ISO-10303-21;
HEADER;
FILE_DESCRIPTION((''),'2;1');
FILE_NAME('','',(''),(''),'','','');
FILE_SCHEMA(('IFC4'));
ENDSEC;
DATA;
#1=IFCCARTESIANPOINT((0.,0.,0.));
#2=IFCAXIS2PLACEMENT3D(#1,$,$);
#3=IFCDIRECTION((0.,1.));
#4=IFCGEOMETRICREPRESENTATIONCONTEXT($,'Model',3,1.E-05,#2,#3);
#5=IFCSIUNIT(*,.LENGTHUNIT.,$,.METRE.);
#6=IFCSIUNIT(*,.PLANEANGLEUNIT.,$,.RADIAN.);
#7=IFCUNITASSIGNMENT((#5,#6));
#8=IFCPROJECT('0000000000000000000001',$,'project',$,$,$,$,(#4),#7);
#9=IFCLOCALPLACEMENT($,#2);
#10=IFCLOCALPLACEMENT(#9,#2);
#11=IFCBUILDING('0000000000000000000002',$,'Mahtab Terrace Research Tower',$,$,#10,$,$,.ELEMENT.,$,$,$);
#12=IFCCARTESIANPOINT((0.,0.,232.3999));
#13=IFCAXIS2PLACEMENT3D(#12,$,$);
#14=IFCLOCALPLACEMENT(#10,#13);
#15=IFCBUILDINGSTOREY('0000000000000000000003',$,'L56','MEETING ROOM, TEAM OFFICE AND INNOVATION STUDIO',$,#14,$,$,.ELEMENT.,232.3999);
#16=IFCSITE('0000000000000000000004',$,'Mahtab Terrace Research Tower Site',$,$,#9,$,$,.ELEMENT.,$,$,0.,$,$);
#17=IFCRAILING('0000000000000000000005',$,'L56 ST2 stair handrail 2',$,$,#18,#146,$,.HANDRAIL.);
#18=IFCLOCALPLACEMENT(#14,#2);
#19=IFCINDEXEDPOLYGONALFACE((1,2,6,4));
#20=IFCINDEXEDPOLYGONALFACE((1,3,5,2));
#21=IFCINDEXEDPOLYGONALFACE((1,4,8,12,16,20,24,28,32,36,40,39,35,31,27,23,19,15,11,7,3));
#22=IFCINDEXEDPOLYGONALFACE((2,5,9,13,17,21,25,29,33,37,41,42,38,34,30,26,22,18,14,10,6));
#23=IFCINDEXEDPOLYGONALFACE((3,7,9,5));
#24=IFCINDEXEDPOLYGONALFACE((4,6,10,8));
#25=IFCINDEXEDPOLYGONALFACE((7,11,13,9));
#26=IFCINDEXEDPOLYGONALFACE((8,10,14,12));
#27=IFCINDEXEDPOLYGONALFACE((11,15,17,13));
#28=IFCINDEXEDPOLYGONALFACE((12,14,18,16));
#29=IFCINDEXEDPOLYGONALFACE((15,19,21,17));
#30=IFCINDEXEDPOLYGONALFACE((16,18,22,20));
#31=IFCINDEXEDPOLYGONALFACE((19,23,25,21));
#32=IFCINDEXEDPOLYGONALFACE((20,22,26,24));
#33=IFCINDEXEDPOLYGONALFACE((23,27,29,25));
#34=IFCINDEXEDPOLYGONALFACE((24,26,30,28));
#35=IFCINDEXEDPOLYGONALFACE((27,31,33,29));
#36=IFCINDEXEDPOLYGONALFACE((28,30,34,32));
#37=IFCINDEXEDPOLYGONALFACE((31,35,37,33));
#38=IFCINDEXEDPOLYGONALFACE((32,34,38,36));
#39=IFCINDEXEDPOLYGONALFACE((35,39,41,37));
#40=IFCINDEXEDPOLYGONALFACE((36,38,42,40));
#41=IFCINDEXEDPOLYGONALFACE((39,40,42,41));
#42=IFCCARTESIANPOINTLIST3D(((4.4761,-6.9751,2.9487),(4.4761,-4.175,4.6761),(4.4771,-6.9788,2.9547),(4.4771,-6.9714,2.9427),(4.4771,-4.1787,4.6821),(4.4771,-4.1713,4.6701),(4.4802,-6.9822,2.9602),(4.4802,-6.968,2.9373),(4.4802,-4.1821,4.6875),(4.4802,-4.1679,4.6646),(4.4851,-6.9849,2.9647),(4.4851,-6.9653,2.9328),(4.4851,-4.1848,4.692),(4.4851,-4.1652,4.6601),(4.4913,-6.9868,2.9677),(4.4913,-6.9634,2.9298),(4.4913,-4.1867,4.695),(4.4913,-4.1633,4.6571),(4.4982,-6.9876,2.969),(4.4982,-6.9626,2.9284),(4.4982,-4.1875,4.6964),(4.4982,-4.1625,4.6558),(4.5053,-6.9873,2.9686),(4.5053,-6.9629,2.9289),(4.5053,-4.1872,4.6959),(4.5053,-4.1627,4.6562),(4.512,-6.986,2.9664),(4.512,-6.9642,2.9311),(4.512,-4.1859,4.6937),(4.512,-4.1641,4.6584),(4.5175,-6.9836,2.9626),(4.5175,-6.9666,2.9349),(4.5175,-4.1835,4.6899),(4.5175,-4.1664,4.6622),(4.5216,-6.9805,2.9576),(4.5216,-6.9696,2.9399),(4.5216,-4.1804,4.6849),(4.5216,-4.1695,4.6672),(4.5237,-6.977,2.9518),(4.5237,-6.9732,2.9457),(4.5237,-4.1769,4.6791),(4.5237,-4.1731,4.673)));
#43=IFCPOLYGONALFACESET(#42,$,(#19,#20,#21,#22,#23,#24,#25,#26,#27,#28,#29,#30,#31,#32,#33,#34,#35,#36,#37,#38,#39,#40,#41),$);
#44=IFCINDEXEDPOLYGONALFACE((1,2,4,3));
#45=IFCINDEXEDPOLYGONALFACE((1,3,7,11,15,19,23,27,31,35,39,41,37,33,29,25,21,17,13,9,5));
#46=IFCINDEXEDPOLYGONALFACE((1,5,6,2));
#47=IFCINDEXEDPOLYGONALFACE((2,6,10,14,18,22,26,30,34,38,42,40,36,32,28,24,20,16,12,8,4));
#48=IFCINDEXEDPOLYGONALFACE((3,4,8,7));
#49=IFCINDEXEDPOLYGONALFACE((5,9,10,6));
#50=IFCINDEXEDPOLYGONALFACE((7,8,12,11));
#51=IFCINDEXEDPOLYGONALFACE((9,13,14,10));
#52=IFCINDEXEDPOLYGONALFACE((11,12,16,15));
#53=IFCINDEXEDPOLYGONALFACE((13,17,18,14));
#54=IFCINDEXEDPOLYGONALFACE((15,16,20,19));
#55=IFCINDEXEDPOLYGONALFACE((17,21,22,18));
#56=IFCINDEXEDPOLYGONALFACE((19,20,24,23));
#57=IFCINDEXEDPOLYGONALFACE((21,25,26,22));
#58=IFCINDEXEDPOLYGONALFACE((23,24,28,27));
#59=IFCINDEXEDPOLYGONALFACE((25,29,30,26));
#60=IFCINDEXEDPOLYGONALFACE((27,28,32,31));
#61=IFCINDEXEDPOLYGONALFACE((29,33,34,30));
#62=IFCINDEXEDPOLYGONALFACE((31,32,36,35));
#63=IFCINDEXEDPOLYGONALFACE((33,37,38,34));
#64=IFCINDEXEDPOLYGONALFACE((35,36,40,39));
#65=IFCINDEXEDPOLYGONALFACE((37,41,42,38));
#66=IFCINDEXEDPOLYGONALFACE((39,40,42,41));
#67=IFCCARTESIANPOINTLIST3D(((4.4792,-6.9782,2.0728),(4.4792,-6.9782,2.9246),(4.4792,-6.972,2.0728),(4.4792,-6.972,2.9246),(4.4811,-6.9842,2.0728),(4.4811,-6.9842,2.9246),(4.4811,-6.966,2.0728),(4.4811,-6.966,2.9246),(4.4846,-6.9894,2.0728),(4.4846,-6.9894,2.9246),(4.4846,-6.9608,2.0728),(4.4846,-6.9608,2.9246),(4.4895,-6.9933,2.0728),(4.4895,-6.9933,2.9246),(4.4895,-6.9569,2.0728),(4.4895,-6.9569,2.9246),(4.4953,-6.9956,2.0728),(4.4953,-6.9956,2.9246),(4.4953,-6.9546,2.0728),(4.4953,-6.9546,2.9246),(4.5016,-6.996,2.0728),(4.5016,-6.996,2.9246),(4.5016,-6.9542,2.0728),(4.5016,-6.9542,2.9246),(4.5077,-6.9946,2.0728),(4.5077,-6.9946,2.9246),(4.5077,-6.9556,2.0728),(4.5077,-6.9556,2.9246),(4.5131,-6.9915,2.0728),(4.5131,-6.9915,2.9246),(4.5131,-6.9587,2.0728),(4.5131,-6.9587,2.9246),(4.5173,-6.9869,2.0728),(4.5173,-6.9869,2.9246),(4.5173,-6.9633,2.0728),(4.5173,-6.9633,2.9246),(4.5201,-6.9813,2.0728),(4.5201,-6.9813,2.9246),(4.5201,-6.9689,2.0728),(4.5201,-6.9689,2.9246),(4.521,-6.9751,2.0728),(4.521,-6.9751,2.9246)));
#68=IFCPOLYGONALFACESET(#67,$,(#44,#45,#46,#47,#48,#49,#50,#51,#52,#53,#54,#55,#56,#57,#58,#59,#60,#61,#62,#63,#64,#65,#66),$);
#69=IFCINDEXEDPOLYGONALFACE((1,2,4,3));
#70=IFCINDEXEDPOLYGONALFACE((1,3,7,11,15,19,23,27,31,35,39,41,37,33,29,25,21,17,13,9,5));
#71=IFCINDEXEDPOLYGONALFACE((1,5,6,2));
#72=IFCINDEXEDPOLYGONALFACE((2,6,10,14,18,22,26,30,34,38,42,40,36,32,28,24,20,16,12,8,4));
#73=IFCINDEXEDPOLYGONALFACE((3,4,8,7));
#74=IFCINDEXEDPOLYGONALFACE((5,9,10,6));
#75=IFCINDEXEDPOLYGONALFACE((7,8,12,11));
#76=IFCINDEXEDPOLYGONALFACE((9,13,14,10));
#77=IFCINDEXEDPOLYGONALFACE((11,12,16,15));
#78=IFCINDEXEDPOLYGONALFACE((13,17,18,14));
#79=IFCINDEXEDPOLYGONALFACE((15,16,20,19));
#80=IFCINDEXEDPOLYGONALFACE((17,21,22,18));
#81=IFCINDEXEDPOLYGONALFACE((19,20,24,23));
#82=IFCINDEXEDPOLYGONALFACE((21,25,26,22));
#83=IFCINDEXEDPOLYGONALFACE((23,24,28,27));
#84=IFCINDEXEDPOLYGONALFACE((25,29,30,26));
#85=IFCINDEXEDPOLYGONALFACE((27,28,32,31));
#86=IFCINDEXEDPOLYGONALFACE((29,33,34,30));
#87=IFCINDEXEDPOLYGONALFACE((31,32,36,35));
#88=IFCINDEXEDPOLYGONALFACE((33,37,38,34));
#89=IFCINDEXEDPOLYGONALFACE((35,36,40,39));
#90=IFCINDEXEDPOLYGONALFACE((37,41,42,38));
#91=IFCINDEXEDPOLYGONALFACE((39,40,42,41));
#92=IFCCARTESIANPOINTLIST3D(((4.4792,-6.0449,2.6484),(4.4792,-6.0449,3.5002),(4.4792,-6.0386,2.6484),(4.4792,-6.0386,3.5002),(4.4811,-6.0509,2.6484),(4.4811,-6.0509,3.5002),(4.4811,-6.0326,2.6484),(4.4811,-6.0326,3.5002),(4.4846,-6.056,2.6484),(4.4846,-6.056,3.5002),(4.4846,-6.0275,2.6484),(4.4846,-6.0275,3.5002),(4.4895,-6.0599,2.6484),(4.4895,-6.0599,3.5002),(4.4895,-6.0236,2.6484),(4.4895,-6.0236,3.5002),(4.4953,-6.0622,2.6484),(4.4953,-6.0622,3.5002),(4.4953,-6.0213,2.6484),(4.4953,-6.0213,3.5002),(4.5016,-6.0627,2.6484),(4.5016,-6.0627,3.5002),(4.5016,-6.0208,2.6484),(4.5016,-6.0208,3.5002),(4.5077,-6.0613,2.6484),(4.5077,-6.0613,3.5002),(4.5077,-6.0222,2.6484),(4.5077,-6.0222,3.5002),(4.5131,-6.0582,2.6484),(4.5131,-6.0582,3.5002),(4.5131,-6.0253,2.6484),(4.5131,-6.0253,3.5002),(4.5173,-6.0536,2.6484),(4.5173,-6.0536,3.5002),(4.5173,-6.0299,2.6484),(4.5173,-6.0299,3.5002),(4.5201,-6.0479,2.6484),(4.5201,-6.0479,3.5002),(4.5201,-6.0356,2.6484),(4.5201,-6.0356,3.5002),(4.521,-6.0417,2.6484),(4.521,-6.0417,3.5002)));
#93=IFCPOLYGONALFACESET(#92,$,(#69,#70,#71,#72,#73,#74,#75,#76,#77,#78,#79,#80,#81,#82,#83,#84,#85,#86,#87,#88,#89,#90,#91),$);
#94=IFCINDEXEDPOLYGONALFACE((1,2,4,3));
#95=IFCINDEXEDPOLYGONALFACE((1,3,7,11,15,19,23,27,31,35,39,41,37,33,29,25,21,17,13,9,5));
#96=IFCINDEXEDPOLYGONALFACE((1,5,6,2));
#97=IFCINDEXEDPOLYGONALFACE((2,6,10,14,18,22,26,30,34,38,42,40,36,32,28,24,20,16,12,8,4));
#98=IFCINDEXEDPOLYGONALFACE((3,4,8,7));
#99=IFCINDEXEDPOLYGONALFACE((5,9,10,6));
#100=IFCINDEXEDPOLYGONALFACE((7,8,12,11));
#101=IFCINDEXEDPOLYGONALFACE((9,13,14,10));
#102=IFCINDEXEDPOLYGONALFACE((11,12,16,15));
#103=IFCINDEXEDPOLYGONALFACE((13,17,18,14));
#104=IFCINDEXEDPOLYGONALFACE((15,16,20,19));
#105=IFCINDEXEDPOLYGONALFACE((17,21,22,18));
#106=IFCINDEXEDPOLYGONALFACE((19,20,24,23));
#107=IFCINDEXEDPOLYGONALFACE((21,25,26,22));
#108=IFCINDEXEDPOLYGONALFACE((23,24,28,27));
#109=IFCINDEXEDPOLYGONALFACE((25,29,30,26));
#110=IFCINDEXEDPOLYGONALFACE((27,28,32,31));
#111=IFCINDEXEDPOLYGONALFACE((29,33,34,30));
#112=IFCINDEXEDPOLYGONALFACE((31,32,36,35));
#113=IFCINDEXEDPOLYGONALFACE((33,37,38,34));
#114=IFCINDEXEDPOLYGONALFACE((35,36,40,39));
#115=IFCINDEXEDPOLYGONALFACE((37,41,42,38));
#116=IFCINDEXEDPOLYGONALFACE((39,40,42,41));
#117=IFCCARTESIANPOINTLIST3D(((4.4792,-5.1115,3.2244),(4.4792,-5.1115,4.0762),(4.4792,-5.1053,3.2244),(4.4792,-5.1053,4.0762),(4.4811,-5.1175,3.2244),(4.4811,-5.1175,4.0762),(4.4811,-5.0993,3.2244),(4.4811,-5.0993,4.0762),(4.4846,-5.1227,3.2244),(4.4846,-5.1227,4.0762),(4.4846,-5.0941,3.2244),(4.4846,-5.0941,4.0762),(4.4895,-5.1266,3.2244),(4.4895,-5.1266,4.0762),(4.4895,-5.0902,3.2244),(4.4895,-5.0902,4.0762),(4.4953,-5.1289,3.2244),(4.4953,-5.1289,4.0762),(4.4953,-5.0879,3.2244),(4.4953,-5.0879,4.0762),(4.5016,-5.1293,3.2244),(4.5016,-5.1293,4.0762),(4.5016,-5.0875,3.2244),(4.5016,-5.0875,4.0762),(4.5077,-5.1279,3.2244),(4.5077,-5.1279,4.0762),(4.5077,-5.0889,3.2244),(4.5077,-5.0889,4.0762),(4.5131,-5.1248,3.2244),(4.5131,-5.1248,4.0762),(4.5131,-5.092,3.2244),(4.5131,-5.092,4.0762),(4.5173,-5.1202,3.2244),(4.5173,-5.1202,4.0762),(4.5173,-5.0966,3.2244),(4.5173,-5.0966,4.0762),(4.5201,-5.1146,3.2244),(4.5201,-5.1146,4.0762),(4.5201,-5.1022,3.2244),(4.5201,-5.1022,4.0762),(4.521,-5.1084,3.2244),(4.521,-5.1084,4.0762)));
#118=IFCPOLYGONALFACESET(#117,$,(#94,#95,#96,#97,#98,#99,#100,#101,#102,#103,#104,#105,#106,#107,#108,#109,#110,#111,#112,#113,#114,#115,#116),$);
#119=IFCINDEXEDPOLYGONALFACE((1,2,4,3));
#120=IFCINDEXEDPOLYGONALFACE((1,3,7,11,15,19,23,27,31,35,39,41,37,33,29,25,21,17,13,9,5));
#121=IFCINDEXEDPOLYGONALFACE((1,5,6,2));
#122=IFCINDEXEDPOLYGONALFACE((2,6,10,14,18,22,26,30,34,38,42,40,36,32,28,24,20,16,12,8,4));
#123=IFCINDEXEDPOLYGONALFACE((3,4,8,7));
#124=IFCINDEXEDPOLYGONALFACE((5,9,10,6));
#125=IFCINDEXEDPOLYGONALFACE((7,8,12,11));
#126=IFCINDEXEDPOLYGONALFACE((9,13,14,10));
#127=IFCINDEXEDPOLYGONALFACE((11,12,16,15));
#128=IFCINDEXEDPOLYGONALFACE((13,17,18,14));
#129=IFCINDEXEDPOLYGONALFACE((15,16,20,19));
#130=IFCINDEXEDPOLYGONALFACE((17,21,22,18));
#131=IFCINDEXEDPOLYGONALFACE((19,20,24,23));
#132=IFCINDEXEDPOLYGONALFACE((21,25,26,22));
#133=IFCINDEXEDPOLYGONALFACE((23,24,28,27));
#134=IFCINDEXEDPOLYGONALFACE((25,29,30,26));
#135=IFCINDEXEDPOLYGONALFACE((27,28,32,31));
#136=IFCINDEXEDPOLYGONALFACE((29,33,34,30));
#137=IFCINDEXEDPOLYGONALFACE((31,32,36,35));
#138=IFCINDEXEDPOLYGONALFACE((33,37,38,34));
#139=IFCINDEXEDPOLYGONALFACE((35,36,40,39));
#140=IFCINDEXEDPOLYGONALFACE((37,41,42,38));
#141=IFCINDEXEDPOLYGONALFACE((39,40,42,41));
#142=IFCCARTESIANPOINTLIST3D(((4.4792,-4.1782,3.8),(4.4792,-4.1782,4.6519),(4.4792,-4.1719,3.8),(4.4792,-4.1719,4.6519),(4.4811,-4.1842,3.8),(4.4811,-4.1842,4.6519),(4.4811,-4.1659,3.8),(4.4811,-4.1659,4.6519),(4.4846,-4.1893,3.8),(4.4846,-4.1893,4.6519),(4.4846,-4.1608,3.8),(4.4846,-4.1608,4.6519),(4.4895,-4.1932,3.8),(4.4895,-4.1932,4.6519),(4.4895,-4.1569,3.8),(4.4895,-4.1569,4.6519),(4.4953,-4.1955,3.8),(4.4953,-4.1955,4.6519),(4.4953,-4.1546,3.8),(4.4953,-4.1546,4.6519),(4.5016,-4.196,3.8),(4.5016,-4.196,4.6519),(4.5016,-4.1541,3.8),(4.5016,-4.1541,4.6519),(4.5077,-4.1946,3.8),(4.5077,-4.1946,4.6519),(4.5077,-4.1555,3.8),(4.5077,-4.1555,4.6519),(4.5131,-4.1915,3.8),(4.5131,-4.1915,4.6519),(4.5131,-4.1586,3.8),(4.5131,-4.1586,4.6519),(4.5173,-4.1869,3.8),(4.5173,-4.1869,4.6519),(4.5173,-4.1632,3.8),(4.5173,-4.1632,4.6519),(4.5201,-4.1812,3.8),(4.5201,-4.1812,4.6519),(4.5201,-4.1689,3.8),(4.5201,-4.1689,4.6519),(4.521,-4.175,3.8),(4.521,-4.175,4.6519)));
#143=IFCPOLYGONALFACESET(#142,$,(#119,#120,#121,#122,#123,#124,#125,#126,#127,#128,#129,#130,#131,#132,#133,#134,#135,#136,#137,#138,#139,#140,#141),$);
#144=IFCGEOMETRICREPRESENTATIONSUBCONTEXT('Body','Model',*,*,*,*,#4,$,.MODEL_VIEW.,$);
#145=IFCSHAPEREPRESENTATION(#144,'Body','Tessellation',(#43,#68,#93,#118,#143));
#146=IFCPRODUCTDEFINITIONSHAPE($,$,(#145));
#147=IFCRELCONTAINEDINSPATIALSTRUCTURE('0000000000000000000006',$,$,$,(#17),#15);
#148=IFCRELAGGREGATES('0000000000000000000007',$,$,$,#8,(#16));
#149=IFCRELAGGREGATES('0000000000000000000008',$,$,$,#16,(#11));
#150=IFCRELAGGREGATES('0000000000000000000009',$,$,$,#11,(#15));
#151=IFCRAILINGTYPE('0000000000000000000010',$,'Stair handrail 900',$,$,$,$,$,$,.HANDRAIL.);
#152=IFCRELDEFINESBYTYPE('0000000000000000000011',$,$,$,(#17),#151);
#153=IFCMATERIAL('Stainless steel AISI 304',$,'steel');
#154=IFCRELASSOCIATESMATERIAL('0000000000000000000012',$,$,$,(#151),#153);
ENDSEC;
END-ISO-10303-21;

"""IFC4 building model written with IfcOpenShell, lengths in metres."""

from ifc_helpers import new_model, si_unit, direction, frame, origin, origin_2d, place, context, subcontext, project, spatial, circle, extrude, material, type_object, element, save


model = new_model("IFC4")

# Units and contexts
model_context = context("Model", 3, precision=1e-05, world=origin(), true_north=direction((0.0, 1.0)))
body_context = subcontext(model_context, "Body", "Model", "MODEL_VIEW")
ifc_project = project(units=[si_unit("LENGTHUNIT", "METRE"), si_unit("PLANEANGLEUNIT", "RADIAN")], contexts=[model_context])

# Site, building, storey
site_placement = place(None, origin())
site = spatial("IfcSite", under=ifc_project, at=site_placement, Name="Mahtab Terrace Research Tower Site", CompositionType="ELEMENT", RefElevation=0.0)
building_placement = place(site_placement, origin())
building = spatial("IfcBuilding", under=site, at=building_placement, Name="Mahtab Terrace Research Tower", CompositionType="ELEMENT")
storey_placement = place(building_placement, frame((0.0, 0.0, 232.3999)))
storey = spatial("IfcBuildingStorey", under=building, at=storey_placement, Name="L56", Description="MEETING ROOM, TEAM OFFICE AND INNOVATION STUDIO", CompositionType="ELEMENT", Elevation=232.3999)

# Railing
ifc_material_1 = material(Name="Stainless steel AISI 304", Category="steel")
railing_type_1 = type_object("IfcRailingType", Name="Stair handrail 900", PredefinedType="HANDRAIL", material=ifc_material_1)
railing_1_placement = place(storey_placement, frame((4.5, -6.9751, 2.0728)))
element("IfcRailing", 1, at=railing_1_placement, inside=storey, type_object=railing_type_1, Name="L56 ST2 stair handrail 2", PredefinedType="HANDRAIL", context=body_context, shape_type="SweptSolid", body=[
    extrude(circle(Radius=0.0239, at=origin_2d()), frame((0.0, 0.0, 0.876), z_axis=(0.0, 0.85109, 0.52502), x_axis=(-1.0, 0.0, 0.0)), (0.0, 0.0, 1.0), 3.29),
    extrude(circle(Radius=0.021, at=origin_2d()), origin(), (0.0, 0.0, 1.0), 0.8518),
    extrude(circle(Radius=0.021, at=origin_2d()), frame((0.0, 0.9333, 0.5757)), (0.0, 0.0, 1.0), 0.8518),
    extrude(circle(Radius=0.021, at=origin_2d()), frame((0.0, 1.8667, 1.1516)), (0.0, 0.0, 1.0), 0.8518),
    extrude(circle(Radius=0.021, at=origin_2d()), frame((0.0, 2.8, 1.7273)), (0.0, 0.0, 1.0), 0.8518),
])

save(model, "model.ifc")
